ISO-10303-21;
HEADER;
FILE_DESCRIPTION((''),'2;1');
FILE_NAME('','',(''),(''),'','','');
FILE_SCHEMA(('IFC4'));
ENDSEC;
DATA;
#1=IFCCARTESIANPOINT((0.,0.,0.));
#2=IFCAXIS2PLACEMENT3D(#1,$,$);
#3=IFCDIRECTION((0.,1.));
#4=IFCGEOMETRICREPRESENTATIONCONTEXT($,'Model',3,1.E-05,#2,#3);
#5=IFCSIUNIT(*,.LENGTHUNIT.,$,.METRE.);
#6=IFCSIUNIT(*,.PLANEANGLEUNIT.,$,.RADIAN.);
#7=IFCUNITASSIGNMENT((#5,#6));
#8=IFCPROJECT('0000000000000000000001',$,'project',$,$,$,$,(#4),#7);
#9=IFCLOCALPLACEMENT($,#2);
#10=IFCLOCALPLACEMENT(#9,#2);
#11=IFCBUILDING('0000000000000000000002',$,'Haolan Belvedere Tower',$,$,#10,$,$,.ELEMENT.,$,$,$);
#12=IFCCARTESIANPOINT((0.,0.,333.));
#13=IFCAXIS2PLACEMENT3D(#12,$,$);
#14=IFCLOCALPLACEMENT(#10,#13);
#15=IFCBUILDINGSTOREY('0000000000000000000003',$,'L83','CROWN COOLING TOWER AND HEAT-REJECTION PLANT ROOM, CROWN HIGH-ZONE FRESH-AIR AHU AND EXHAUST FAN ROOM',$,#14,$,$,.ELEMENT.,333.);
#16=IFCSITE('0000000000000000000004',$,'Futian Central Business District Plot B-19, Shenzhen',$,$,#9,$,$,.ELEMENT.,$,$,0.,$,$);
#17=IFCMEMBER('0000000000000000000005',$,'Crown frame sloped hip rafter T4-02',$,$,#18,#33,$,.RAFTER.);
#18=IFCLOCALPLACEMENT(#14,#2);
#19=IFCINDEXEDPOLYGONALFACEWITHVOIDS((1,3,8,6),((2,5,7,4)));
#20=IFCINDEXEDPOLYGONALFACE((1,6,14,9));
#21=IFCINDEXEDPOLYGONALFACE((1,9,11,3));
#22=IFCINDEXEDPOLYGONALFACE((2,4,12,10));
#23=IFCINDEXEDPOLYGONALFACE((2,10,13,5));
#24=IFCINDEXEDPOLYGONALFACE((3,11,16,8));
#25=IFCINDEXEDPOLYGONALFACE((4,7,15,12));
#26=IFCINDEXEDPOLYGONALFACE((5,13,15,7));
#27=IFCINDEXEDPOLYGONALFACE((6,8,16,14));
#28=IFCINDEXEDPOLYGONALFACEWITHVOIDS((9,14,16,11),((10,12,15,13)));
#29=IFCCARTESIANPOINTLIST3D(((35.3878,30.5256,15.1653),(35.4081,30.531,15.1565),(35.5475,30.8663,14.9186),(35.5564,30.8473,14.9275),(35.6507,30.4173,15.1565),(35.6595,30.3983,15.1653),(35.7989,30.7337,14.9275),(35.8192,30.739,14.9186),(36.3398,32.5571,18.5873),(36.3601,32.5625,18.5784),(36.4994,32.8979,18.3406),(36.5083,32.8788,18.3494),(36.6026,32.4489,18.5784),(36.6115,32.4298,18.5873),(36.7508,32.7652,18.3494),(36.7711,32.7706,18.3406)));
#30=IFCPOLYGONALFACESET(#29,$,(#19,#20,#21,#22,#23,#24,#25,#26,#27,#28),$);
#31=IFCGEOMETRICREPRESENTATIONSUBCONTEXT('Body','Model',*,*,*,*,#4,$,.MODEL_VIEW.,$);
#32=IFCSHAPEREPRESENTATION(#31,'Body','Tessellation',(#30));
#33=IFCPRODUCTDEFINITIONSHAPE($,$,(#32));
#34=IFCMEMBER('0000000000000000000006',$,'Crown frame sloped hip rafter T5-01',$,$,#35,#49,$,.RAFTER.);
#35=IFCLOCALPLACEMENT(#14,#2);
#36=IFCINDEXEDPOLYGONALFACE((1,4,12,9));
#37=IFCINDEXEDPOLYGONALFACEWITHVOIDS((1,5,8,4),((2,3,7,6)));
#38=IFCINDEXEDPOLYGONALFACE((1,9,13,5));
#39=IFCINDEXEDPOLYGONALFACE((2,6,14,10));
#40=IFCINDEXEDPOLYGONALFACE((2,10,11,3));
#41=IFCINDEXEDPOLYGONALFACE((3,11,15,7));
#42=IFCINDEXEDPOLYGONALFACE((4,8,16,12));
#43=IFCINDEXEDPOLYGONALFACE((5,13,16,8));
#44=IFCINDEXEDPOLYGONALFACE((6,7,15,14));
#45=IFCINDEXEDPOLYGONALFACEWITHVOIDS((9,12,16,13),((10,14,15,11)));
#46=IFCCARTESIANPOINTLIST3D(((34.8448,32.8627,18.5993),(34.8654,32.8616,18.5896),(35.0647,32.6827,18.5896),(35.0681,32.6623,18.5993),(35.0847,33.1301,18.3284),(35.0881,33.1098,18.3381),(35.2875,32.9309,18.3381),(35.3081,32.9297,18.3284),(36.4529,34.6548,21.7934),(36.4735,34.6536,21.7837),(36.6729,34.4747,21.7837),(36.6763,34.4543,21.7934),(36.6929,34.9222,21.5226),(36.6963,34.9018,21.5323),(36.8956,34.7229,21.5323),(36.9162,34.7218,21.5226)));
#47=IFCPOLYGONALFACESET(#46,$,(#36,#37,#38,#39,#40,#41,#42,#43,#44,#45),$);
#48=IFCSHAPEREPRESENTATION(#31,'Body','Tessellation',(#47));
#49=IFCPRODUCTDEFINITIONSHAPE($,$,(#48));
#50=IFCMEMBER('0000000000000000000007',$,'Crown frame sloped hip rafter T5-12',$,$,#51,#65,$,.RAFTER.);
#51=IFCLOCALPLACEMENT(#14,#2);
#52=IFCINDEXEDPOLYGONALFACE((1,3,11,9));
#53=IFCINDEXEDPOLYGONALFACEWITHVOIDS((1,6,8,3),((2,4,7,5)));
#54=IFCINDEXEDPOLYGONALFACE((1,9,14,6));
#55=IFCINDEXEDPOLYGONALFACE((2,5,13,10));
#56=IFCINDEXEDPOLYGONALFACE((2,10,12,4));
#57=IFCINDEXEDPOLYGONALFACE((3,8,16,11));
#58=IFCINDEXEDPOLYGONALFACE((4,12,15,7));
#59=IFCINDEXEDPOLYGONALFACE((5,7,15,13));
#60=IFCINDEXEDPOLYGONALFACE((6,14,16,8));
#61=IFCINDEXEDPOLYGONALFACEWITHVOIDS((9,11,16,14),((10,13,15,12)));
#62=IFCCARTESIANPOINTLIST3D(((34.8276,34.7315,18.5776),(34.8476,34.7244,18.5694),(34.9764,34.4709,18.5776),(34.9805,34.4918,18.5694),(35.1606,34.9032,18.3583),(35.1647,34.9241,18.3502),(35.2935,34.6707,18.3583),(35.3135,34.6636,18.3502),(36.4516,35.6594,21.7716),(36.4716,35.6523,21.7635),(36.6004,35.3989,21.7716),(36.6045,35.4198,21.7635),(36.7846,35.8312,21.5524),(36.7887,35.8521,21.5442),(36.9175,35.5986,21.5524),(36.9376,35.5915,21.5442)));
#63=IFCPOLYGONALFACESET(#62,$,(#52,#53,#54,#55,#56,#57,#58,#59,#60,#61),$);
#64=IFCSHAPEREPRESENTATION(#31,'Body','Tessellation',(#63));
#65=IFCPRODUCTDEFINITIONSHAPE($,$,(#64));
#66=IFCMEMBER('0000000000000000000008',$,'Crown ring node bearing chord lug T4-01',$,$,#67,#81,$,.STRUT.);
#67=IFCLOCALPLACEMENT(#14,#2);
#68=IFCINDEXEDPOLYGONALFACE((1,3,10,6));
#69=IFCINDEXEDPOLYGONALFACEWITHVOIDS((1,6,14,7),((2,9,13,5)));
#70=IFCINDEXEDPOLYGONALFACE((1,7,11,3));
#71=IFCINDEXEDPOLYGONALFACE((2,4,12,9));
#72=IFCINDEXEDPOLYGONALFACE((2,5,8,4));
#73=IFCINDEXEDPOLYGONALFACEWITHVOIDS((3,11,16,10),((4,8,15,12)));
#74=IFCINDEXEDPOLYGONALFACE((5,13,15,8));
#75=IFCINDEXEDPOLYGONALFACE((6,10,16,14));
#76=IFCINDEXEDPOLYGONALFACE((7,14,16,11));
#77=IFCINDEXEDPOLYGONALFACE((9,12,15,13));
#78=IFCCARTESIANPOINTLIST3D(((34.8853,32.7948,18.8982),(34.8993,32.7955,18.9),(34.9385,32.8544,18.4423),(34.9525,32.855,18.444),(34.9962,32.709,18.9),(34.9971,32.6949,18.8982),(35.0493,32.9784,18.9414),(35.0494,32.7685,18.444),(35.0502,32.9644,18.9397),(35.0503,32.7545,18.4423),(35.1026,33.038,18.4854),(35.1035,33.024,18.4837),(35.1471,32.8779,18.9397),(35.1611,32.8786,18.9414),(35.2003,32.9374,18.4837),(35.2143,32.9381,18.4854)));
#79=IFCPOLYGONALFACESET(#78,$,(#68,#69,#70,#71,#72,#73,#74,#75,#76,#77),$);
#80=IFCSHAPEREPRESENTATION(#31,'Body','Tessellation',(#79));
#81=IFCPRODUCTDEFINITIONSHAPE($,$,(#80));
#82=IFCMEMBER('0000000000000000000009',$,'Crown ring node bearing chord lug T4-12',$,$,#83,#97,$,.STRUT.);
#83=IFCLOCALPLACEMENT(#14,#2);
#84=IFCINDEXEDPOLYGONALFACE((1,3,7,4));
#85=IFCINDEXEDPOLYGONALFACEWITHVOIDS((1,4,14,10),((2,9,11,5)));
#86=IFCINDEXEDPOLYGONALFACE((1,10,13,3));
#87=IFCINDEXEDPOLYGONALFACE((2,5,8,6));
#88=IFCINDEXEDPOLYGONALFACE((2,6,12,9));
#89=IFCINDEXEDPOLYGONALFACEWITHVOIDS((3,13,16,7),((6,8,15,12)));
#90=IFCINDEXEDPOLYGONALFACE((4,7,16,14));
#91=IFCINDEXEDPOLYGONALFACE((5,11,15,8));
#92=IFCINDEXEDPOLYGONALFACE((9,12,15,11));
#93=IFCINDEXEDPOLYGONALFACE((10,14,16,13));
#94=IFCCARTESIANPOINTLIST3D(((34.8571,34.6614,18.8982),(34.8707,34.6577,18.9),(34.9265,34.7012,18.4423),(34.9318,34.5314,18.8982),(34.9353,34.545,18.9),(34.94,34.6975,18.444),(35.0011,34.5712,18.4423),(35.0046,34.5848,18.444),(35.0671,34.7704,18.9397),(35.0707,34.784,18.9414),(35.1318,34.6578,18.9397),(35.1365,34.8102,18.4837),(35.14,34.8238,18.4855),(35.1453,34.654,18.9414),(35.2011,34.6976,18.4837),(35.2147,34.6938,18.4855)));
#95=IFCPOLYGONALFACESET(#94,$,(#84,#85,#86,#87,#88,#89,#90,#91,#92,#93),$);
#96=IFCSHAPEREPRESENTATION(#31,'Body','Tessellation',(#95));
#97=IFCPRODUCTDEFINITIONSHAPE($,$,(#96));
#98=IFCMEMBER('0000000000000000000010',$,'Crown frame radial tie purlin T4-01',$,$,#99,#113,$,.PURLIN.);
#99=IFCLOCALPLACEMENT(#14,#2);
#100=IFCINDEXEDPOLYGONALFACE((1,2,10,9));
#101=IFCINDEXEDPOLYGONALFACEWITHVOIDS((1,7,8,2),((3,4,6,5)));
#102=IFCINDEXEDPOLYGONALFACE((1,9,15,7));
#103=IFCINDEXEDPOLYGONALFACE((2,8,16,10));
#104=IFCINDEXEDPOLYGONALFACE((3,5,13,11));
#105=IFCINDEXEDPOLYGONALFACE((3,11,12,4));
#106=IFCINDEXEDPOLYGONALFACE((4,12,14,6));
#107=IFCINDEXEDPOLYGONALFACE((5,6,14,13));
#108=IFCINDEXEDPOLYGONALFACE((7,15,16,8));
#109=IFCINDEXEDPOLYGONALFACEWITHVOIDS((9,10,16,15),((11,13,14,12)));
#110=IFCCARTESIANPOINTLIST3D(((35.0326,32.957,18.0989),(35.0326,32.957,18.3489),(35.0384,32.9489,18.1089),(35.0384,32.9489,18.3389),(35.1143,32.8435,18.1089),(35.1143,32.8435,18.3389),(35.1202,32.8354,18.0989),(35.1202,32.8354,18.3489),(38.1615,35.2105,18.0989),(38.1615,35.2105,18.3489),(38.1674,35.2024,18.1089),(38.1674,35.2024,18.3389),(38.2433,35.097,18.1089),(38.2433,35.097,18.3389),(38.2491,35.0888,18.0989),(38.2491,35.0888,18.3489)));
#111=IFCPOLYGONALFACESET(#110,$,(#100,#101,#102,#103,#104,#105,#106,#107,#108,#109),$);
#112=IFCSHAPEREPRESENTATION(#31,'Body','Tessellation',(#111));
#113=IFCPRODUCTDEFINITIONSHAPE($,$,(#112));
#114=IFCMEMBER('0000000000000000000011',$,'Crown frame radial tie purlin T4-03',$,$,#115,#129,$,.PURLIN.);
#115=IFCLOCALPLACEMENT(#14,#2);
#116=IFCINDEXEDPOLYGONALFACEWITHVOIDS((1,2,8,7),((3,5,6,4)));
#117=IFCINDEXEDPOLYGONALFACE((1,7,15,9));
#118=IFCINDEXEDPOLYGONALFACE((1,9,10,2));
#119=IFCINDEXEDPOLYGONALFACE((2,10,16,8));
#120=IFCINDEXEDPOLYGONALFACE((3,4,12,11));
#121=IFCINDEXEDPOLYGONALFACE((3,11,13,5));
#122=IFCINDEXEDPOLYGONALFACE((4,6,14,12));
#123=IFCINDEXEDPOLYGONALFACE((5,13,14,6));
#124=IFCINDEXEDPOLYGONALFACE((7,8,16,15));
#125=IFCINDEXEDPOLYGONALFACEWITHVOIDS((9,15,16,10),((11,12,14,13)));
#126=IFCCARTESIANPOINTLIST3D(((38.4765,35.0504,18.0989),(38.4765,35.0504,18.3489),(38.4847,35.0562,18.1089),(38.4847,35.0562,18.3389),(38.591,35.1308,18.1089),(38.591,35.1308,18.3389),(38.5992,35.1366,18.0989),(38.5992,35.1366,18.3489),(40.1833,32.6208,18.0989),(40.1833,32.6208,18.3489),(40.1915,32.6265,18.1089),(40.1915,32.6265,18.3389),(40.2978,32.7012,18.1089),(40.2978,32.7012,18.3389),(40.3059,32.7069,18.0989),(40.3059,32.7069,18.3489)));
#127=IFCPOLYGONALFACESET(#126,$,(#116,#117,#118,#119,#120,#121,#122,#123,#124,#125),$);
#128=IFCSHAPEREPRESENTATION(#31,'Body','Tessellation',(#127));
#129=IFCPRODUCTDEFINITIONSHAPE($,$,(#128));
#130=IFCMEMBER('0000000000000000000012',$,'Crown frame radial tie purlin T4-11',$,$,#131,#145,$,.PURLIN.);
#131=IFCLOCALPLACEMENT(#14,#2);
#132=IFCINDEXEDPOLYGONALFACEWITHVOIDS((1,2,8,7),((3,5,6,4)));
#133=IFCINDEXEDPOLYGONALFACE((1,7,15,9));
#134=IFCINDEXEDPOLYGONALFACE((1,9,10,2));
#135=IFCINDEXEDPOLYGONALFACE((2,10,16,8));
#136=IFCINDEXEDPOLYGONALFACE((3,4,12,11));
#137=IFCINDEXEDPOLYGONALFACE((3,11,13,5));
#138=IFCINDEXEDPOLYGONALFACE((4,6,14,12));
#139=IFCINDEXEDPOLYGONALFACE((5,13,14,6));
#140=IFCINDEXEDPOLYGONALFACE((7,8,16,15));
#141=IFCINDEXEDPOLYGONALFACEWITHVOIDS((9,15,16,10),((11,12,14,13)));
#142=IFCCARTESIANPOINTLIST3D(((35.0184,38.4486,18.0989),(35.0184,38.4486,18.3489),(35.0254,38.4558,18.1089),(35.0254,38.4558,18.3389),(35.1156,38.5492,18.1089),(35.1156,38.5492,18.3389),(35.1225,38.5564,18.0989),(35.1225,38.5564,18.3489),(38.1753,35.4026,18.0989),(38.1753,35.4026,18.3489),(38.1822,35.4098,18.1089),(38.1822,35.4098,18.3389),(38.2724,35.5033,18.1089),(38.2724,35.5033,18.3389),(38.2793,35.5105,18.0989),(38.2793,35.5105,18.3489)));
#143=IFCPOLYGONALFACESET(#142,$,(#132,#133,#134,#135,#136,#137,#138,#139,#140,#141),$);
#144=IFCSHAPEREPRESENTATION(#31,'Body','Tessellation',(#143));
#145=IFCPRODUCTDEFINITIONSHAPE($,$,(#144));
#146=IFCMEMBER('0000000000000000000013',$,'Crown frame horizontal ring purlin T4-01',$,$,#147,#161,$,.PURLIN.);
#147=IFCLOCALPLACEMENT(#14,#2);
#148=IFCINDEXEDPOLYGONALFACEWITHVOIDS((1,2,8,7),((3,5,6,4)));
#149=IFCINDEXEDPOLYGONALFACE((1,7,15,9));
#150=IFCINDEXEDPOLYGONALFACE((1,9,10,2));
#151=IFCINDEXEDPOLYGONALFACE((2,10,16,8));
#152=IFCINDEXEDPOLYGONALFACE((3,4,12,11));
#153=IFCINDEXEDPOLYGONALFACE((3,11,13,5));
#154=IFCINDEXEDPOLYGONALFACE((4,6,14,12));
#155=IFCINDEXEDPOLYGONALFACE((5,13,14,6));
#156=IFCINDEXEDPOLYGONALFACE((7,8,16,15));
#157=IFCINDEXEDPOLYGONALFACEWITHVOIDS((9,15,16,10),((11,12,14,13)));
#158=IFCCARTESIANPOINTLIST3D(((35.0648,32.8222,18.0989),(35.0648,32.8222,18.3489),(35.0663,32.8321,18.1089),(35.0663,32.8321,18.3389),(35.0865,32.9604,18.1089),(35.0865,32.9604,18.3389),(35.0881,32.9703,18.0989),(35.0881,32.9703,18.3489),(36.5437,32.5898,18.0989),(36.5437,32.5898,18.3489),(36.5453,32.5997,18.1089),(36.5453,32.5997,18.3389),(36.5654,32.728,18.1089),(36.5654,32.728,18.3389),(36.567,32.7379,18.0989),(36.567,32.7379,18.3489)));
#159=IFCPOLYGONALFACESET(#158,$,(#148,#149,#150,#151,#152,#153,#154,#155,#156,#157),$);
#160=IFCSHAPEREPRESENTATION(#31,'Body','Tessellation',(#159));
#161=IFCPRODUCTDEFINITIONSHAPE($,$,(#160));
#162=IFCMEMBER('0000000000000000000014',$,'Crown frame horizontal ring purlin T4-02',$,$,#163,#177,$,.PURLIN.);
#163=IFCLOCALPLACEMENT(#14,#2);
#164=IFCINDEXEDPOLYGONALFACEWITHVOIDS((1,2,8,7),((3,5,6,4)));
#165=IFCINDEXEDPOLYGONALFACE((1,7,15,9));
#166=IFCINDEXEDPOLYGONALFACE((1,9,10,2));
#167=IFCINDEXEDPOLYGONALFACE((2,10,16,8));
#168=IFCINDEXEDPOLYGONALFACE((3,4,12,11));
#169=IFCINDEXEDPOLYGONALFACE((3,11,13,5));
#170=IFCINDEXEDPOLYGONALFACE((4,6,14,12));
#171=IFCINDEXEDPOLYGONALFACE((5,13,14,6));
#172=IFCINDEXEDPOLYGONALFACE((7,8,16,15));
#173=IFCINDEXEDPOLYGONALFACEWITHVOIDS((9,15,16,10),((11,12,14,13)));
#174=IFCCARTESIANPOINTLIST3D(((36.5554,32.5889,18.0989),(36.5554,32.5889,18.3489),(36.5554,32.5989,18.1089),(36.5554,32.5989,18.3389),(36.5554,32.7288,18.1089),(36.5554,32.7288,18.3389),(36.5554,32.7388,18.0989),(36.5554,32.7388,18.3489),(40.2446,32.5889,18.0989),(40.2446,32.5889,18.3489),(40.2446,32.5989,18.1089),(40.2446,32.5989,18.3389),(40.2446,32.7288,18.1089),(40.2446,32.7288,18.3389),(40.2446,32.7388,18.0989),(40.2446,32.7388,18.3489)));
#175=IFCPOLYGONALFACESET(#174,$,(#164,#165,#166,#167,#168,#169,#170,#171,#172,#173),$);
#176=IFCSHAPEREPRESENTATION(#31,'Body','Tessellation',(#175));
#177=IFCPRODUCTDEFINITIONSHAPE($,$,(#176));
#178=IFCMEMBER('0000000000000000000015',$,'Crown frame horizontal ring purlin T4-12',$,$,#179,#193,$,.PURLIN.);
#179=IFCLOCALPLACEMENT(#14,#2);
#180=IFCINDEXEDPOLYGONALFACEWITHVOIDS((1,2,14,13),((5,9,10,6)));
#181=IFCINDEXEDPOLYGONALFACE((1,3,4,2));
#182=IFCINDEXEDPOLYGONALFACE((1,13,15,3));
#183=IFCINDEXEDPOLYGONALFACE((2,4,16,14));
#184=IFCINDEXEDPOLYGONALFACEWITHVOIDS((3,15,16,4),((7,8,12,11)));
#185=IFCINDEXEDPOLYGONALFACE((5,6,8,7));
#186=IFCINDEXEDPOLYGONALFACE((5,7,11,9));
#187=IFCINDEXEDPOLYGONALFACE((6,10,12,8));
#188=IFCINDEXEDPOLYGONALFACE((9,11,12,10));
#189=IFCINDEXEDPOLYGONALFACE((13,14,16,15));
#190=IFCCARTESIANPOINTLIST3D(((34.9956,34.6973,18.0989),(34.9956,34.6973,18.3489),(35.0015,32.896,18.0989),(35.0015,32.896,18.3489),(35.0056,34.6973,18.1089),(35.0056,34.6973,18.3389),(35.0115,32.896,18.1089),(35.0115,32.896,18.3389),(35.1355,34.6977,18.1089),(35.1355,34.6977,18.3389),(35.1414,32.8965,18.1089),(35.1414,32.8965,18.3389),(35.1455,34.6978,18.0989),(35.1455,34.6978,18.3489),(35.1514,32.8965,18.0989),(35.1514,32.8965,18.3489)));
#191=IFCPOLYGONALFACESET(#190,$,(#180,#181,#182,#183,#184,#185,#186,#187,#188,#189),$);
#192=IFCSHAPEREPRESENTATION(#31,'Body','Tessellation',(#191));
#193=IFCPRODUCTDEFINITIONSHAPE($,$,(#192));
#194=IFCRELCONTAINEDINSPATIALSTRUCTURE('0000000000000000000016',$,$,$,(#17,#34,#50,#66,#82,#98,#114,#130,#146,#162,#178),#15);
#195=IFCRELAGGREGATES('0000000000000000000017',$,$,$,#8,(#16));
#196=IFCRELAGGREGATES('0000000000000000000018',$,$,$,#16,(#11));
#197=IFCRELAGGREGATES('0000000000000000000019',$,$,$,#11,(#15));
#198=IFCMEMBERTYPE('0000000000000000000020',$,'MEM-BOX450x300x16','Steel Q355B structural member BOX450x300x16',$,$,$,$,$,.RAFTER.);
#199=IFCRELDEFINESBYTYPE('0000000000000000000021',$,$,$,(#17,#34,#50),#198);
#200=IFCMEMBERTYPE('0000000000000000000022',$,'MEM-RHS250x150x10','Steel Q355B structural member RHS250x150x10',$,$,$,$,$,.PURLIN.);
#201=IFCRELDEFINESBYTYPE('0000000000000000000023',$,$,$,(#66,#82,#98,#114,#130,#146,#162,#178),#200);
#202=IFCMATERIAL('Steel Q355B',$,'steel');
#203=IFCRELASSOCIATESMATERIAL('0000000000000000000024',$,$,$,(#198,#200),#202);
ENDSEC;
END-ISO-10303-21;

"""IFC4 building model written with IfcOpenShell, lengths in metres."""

from ifc_helpers import new_model, si_unit, direction, frame, origin, origin_2d, place, context, subcontext, project, spatial, hollow_rectangle, extrude, material, material_profile, profile_set, type_object, element, save


model = new_model("IFC4")

# Units and contexts
model_context = context("Model", 3, precision=1e-05, world=origin(), true_north=direction((0.0, 1.0)))
body_context = subcontext(model_context, "Body", "Model", "MODEL_VIEW")
ifc_project = project(units=[si_unit("LENGTHUNIT", "METRE"), si_unit("PLANEANGLEUNIT", "RADIAN")], contexts=[model_context])

# Site, building, storey
site_placement = place(None, origin())
site = spatial("IfcSite", under=ifc_project, at=site_placement, Name="Futian Central Business District Plot B-19, Shenzhen", CompositionType="ELEMENT", RefElevation=0.0)
building_placement = place(site_placement, origin())
building = spatial("IfcBuilding", under=site, at=building_placement, Name="Haolan Belvedere Tower", CompositionType="ELEMENT")
storey_placement = place(building_placement, frame((0.0, 0.0, 333.0)))
storey = spatial("IfcBuildingStorey", under=building, at=storey_placement, Name="L83", Description="CROWN COOLING TOWER AND HEAT-REJECTION PLANT ROOM, CROWN HIGH-ZONE FRESH-AIR AHU AND EXHAUST FAN ROOM", CompositionType="ELEMENT", Elevation=333.0)

# Members
ifc_material_1 = material(Name="Steel Q355B", Category="steel")
ifc_material_profile_1 = material_profile(ifc_material_1, hollow_rectangle(XDim=0.3, YDim=0.45, WallThickness=0.0161, at=origin_2d()), Name="Steel Q355B")
ifc_profile_set_1 = profile_set([ifc_material_profile_1], Name="Steel Q355B")
member_type_1 = type_object("IfcMemberType", Name="MEM-BOX450x300x16", Description="Steel Q355B structural member BOX450x300x16", PredefinedType="RAFTER", material=ifc_profile_set_1)
member_1_placement = place(storey_placement, frame((35.6035, 30.6323, 15.042), z_axis=(0.232641, 0.496487, 0.836289), x_axis=(-0.90552, 0.424303, 0.0)))
element("IfcMember", 1, at=member_1_placement, inside=storey, type_object=member_type_1, Name="Crown frame sloped hip rafter T4-02", PredefinedType="RAFTER", context=body_context, shape_type="SweptSolid", body=[
    extrude(hollow_rectangle(XDim=0.3, YDim=0.45, WallThickness=0.0161, at=origin_2d()), origin(), (0.0, 0.0, 1.0), 4.0918),
])
member_2_placement = place(storey_placement, frame((35.0764, 32.8962, 18.4639), z_axis=(0.402043, 0.448003, 0.798532), x_axis=(-0.744251, 0.6679, 0.0)))
element("IfcMember", 2, at=member_2_placement, inside=storey, type_object=member_type_1, Name="Crown frame sloped hip rafter T5-01", PredefinedType="RAFTER", context=body_context, shape_type="SweptSolid", body=[
    extrude(hollow_rectangle(XDim=0.3, YDim=0.45, WallThickness=0.0161, at=origin_2d()), origin(), (0.0, 0.0, 1.0), 4.0),
])
member_3_placement = place(storey_placement, frame((35.0706, 34.6975, 18.4639), z_axis=(0.438752, 0.250706, 0.862927), x_axis=(-0.496125, 0.868251, 0.0)))
element("IfcMember", 3, at=member_3_placement, inside=storey, type_object=member_type_1, Name="Crown frame sloped hip rafter T5-12", PredefinedType="RAFTER", context=body_context, shape_type="SweptSolid", body=[
    extrude(hollow_rectangle(XDim=0.3, YDim=0.45, WallThickness=0.0161, at=origin_2d()), origin(), (0.0, 0.0, 1.0), 3.7014),
])
ifc_material_profile_2 = material_profile(ifc_material_1, hollow_rectangle(XDim=0.1499, YDim=0.25, WallThickness=0.01, at=origin_2d()), Name="Steel Q355B")
ifc_profile_set_2 = profile_set([ifc_material_profile_2], Name="Steel Q355B")
member_type_2 = type_object("IfcMemberType", Name="MEM-RHS250x150x10", Description="Steel Q355B structural member RHS250x150x10", PredefinedType="PURLIN", material=ifc_profile_set_2)
for number, where, z_axis, x_axis, name in (
    (4, (35.0764, 32.8962, 18.4639), (-0.114952, -0.128662, 0.985004), (0.745721, -0.666259, 0.0), "Crown ring node bearing chord lug T4-01"),
    (5, (35.0706, 34.6975, 18.4639), (-0.149751, -0.085949, 0.984981), (0.497782, -0.867302, 0.0), "Crown ring node bearing chord lug T4-12"),
):
    element("IfcMember", number, at=place(storey_placement, frame(where, z_axis=z_axis, x_axis=x_axis)), inside=storey, type_object=member_type_2, Name=name, PredefinedType="STRUT", context=body_context, shape_type="SweptSolid", body=[
        extrude(hollow_rectangle(XDim=0.1499, YDim=0.25, WallThickness=0.01, at=origin_2d()), origin(), (0.0, 0.0, 1.0), 0.4629),
    ])
member_4_placement = place(storey_placement, frame((38.2053, 35.1497, 18.2239), z_axis=(-0.81146, -0.584408, 0.0), x_axis=(0.584408, -0.81146, 0.0)))
element("IfcMember", 6, at=member_4_placement, inside=storey, type_object=member_type_2, Name="Crown frame radial tie purlin T4-01", PredefinedType="PURLIN", context=body_context, shape_type="SweptSolid", body=[
    extrude(hollow_rectangle(XDim=0.1499, YDim=0.25, WallThickness=0.01, at=origin_2d()), origin(), (0.0, 0.0, 1.0), 3.856),
])
member_5_placement = place(storey_placement, frame((38.5378, 35.0935, 18.2239), z_axis=(0.574819, -0.818281, 0.0), x_axis=(0.818281, 0.574819, 0.0)))
element("IfcMember", 7, at=member_5_placement, inside=storey, type_object=member_type_2, Name="Crown frame radial tie purlin T4-03", PredefinedType="PURLIN", context=body_context, shape_type="SweptSolid", body=[
    extrude(hollow_rectangle(XDim=0.1499, YDim=0.25, WallThickness=0.01, at=origin_2d()), origin(), (0.0, 0.0, 1.0), 2.9692),
])
member_6_placement = place(storey_placement, frame((38.2273, 35.4565, 18.2239), z_axis=(-0.719628, 0.69436, 0.0), x_axis=(-0.69436, -0.719628, 0.0)))
element("IfcMember", 8, at=member_6_placement, inside=storey, type_object=member_type_2, Name="Crown frame radial tie purlin T4-11", PredefinedType="PURLIN", context=body_context, shape_type="SweptSolid", body=[
    extrude(hollow_rectangle(XDim=0.1499, YDim=0.25, WallThickness=0.01, at=origin_2d()), origin(), (0.0, 0.0, 1.0), 4.3867),
])
member_7_placement = place(storey_placement, frame((35.0764, 32.8962, 18.2239), z_axis=(0.987876, -0.155242, 0.0), x_axis=(0.155242, 0.987876, 0.0)))
element("IfcMember", 9, at=member_7_placement, inside=storey, type_object=member_type_2, Name="Crown frame horizontal ring purlin T4-01", PredefinedType="PURLIN", context=body_context, shape_type="SweptSolid", body=[
    extrude(hollow_rectangle(XDim=0.1499, YDim=0.25, WallThickness=0.01, at=origin_2d()), origin(), (0.0, 0.0, 1.0), 1.4971),
])
member_8_placement = place(storey_placement, frame((36.5554, 32.6638, 18.2239), z_axis=(1.0, 0.0, 0.0), x_axis=(0.0, 1.0, 0.0)))
element("IfcMember", 10, at=member_8_placement, inside=storey, type_object=member_type_2, Name="Crown frame horizontal ring purlin T4-02", PredefinedType="PURLIN", context=body_context, shape_type="SweptSolid", body=[
    extrude(hollow_rectangle(XDim=0.1499, YDim=0.25, WallThickness=0.01, at=origin_2d()), origin(), (0.0, 0.0, 1.0), 3.6892),
])
member_9_placement = place(storey_placement, frame((35.0706, 34.6975, 18.2239), z_axis=(0.003253, -0.999995, 0.0), x_axis=(0.999995, 0.003253, 0.0)))
element("IfcMember", 11, at=member_9_placement, inside=storey, type_object=member_type_2, Name="Crown frame horizontal ring purlin T4-12", PredefinedType="PURLIN", context=body_context, shape_type="SweptSolid", body=[
    extrude(hollow_rectangle(XDim=0.1499, YDim=0.25, WallThickness=0.01, at=origin_2d()), origin(), (0.0, 0.0, 1.0), 1.8013),
])

save(model, "model.ifc")
